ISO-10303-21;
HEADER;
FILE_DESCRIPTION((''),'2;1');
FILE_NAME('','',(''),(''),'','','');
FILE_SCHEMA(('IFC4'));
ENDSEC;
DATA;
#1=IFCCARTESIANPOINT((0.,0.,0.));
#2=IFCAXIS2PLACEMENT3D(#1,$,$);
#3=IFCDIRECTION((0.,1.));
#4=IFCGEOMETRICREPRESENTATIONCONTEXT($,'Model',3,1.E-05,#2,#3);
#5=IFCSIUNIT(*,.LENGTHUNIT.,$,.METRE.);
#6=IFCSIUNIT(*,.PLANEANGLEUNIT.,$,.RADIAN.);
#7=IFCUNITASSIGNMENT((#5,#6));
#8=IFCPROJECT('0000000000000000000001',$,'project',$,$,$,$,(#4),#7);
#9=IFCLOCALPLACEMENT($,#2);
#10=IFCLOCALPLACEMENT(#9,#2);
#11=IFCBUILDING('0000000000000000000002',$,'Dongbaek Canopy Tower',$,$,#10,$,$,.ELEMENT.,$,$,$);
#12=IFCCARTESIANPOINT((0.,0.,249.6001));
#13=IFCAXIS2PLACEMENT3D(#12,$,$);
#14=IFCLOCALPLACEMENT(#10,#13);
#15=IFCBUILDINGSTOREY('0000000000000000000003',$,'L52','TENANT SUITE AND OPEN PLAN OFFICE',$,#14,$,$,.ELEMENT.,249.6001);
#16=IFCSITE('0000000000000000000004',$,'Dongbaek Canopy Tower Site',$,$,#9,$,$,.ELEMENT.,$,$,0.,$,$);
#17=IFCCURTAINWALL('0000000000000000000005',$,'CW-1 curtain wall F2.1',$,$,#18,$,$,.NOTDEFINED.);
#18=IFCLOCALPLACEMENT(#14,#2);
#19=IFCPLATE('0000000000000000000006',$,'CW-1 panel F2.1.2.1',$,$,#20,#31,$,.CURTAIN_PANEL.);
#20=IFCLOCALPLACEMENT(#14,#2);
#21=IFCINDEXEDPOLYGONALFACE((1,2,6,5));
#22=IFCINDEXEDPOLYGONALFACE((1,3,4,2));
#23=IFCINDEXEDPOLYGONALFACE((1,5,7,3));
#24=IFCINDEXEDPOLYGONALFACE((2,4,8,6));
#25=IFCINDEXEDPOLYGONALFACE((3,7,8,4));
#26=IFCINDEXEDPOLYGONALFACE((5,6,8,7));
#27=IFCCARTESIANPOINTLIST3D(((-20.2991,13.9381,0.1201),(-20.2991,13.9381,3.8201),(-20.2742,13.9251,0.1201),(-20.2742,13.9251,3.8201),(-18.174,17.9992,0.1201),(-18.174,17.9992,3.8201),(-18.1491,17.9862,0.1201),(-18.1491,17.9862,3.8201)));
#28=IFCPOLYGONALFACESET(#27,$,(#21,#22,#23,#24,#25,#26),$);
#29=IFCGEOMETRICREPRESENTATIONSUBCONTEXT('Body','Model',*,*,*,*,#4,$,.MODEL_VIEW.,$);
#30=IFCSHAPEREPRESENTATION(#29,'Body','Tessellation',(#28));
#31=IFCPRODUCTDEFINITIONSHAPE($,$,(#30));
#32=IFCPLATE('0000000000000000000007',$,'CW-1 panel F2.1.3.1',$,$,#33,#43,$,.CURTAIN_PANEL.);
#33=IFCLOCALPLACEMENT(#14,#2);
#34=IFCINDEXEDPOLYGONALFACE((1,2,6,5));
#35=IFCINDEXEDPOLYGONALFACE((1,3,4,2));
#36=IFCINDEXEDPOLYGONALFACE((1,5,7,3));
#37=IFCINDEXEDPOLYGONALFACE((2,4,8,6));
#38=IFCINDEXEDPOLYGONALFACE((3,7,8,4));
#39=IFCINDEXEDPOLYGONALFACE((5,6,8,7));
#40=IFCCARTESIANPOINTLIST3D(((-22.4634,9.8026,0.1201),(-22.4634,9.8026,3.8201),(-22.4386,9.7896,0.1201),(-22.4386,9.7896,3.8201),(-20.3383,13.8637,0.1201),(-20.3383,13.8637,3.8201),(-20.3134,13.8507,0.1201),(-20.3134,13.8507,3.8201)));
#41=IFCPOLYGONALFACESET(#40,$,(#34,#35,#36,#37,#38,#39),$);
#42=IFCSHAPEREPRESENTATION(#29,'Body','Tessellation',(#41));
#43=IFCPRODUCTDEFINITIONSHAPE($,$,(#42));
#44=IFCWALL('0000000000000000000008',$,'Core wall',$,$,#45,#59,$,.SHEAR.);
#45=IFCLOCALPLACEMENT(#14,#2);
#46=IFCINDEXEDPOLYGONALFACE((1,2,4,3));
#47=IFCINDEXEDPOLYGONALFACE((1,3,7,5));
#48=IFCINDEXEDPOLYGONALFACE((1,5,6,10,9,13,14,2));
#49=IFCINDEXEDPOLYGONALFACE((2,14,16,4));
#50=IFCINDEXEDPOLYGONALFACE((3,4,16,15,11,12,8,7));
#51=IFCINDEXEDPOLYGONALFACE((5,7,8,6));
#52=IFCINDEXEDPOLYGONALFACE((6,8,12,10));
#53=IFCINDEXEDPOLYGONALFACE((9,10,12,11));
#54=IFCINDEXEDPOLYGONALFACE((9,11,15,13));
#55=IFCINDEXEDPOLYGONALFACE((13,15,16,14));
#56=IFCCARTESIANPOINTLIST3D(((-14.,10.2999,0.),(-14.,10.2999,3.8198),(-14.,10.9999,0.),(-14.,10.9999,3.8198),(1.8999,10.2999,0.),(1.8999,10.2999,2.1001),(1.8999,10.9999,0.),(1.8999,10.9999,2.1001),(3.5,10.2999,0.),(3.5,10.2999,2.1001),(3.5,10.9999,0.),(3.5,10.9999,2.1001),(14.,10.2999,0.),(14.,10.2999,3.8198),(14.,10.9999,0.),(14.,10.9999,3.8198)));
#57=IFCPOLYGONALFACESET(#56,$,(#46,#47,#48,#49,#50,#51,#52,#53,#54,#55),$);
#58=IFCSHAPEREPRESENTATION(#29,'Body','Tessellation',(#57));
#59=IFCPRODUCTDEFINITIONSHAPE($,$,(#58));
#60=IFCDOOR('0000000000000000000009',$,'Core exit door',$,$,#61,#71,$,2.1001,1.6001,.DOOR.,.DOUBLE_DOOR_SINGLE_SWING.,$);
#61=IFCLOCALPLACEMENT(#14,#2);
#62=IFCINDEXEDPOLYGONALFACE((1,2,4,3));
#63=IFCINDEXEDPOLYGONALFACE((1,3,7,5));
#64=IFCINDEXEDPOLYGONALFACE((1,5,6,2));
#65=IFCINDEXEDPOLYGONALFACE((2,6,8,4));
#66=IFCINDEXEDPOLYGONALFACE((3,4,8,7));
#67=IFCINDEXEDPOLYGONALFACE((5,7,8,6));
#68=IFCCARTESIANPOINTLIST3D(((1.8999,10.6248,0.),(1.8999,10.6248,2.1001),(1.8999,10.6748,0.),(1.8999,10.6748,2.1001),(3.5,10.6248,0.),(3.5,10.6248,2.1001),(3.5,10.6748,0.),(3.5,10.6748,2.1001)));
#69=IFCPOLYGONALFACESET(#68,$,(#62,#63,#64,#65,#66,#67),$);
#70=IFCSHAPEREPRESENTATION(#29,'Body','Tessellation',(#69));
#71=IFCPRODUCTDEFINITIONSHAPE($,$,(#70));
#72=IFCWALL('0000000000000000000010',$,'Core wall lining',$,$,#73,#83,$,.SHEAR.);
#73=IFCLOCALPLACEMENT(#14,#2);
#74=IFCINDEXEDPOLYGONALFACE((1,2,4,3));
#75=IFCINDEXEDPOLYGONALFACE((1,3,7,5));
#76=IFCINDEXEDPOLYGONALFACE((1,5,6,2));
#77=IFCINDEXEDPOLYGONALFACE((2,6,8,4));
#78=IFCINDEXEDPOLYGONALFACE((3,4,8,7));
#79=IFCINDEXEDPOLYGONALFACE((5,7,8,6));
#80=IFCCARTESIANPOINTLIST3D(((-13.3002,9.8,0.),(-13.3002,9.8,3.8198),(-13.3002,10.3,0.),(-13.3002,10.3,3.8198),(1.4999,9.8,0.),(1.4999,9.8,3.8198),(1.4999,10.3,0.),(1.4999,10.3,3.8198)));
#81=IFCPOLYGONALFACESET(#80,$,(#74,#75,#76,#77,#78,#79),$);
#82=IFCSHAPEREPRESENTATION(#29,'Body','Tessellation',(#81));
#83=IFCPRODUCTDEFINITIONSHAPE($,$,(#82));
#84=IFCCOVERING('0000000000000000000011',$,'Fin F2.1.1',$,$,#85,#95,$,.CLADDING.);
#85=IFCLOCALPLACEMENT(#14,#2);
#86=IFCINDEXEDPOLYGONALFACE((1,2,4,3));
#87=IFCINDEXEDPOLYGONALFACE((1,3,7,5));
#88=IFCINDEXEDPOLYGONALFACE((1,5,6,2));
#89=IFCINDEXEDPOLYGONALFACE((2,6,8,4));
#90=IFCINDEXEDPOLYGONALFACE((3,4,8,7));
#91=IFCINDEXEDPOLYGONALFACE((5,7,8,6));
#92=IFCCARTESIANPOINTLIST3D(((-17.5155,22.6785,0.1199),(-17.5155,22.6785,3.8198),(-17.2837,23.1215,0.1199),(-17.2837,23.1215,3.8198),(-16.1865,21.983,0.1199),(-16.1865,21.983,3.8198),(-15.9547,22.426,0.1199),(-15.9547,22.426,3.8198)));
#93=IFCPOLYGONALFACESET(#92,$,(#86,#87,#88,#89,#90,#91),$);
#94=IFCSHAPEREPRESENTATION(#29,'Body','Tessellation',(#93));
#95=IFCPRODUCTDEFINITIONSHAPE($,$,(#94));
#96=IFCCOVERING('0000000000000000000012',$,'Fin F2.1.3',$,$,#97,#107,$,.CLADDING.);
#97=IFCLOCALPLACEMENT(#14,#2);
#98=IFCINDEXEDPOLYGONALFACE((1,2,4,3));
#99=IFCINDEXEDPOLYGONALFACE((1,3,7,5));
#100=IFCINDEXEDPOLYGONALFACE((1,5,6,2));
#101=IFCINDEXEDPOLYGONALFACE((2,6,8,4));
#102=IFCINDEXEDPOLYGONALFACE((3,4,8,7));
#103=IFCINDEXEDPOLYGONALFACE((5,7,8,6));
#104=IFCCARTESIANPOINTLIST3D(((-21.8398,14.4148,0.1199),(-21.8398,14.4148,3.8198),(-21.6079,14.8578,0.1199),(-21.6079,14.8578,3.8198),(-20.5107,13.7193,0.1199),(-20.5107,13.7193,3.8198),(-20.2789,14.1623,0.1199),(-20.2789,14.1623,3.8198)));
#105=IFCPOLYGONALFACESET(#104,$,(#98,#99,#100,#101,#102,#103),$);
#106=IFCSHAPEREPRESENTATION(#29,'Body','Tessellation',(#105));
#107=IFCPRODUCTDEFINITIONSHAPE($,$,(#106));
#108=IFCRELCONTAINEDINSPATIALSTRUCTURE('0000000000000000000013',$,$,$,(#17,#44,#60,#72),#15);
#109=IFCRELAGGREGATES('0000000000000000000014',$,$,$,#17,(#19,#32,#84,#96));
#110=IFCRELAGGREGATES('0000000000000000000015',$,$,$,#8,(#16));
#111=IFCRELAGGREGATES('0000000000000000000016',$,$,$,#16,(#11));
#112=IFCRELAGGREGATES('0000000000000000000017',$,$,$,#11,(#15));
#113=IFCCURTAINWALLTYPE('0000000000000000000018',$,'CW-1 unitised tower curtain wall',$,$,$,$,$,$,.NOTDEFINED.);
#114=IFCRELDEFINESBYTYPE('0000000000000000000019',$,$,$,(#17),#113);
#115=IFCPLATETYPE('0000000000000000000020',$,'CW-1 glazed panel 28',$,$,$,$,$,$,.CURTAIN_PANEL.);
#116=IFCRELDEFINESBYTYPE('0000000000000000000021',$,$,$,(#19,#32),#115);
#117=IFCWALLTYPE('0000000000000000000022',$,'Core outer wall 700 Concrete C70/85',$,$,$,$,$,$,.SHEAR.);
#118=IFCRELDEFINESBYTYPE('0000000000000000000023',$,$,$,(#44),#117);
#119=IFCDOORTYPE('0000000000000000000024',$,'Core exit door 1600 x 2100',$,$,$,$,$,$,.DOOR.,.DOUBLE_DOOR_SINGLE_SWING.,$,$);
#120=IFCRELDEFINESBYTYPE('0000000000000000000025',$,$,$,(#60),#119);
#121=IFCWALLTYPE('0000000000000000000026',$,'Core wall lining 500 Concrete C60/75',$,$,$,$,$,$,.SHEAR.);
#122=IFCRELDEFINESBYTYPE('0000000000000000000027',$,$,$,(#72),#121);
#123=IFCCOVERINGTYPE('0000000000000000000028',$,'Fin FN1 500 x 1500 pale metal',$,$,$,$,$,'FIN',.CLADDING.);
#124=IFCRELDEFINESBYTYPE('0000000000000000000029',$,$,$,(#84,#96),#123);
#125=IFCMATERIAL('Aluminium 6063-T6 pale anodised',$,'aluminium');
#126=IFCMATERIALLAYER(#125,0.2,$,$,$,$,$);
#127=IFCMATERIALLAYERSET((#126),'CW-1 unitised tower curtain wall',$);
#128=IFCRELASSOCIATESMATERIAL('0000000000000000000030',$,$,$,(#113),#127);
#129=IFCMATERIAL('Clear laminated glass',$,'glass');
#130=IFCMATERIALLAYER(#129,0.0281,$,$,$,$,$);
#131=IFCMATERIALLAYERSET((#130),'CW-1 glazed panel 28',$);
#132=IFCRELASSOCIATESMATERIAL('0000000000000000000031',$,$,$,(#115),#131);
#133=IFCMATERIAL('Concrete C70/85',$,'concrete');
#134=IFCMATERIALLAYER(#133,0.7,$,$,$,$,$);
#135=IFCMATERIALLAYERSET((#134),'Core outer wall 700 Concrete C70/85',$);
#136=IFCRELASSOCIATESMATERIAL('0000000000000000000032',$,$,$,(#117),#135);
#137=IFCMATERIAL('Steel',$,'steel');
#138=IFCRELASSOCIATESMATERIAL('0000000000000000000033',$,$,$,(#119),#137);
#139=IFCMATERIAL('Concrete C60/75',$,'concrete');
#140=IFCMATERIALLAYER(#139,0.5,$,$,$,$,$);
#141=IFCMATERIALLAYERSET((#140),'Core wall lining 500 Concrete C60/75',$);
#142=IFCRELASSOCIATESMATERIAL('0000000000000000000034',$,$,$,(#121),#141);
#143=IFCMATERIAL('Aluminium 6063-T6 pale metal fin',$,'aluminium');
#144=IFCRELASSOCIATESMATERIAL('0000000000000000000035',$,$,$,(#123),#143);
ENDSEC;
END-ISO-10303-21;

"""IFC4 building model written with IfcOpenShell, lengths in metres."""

from ifc_helpers import new_model, si_unit, direction, frame, frame_2d, origin, origin_2d, place, context, subcontext, project, spatial, rectangle, extrude, material, layer, layer_set, material_profile, profile_set, type_object, element, fill, aggregate, save


model = new_model("IFC4")

# Units and contexts
model_context = context("Model", 3, precision=1e-05, world=origin(), true_north=direction((0.0, 1.0)))
body_context = subcontext(model_context, "Body", "Model", "MODEL_VIEW")
ifc_project = project(units=[si_unit("LENGTHUNIT", "METRE"), si_unit("PLANEANGLEUNIT", "RADIAN")], contexts=[model_context])

# Site, building, storey
site_placement = place(None, origin())
site = spatial("IfcSite", under=ifc_project, at=site_placement, Name="Dongbaek Canopy Tower Site", CompositionType="ELEMENT", RefElevation=0.0)
building_placement = place(site_placement, origin())
building = spatial("IfcBuilding", under=site, at=building_placement, Name="Dongbaek Canopy Tower", CompositionType="ELEMENT")
storey_placement = place(building_placement, frame((0.0, 0.0, 249.6001)))
storey = spatial("IfcBuildingStorey", under=building, at=storey_placement, Name="L52", Description="TENANT SUITE AND OPEN PLAN OFFICE", CompositionType="ELEMENT", Elevation=249.6001)

# Curtain wall
ifc_material_1 = material(Name="Aluminium 6063-T6 pale anodised", Category="aluminium")
ifc_layer_1 = layer(ifc_material_1, 0.2)
ifc_layer_set_1 = layer_set([ifc_layer_1], Name="CW-1 unitised tower curtain wall")
curtain_wall_type = type_object("IfcCurtainWallType", Name="CW-1 unitised tower curtain wall", PredefinedType="NOTDEFINED", material=ifc_layer_set_1)
curtain_wall_1_placement = place(storey_placement, origin())
curtain_wall_1 = element("IfcCurtainWall", 1, at=curtain_wall_1_placement, inside=storey, type_object=curtain_wall_type, Name="CW-1 curtain wall F2.1", PredefinedType="NOTDEFINED")

# Plates
ifc_material_2 = material(Name="Clear laminated glass", Category="glass")
ifc_layer_2 = layer(ifc_material_2, 0.0281)
ifc_layer_set_2 = layer_set([ifc_layer_2], Name="CW-1 glazed panel 28")
plate_type = type_object("IfcPlateType", Name="CW-1 glazed panel 28", PredefinedType="CURTAIN_PANEL", material=ifc_layer_set_2)
plate_1_placement = place(storey_placement, frame((-19.2241, 15.9622, 0.1201), z_axis=(0.0, 0.0, 1.0), x_axis=(-0.463649, -0.886019, 0.0)))
plate_1 = element("IfcPlate", 2, at=plate_1_placement, type_object=plate_type, Name="CW-1 panel F2.1.2.1", PredefinedType="CURTAIN_PANEL", context=body_context, shape_type="SweptSolid", body=[
    extrude(rectangle(XDim=4.5835, YDim=0.0281, at=origin_2d()), origin(), (0.0, 0.0, 1.0), 3.7),
])
plate_2_placement = place(storey_placement, frame((-21.3884, 11.8267, 0.1201), z_axis=(0.0, 0.0, 1.0), x_axis=(-0.463649, -0.886019, 0.0)))
plate_2 = element("IfcPlate", 3, at=plate_2_placement, type_object=plate_type, Name="CW-1 panel F2.1.3.1", PredefinedType="CURTAIN_PANEL", context=body_context, shape_type="SweptSolid", body=[
    extrude(rectangle(XDim=4.5835, YDim=0.0281, at=origin_2d()), origin(), (0.0, 0.0, 1.0), 3.7),
])

# Wall, opening, door
ifc_material_3 = material(Name="Concrete C70/85", Category="concrete")
ifc_layer_3 = layer(ifc_material_3, 0.7)
ifc_layer_set_3 = layer_set([ifc_layer_3], Name="Core outer wall 700 Concrete C70/85")
wall_type_1 = type_object("IfcWallType", Name="Core outer wall 700 Concrete C70/85", PredefinedType="SHEAR", material=ifc_layer_set_3)
wall_1_placement = place(storey_placement, frame((-14.0, 10.6499, 0.0), z_axis=(0.0, 0.0, 1.0), x_axis=(1.0, 0.0, 0.0)))
wall_1 = element("IfcWall", 4, at=wall_1_placement, inside=storey, type_object=wall_type_1, Name="Core wall", PredefinedType="SHEAR", context=body_context, shape_type="SweptSolid", body=[
    extrude(rectangle(XDim=28.0, YDim=0.7, at=frame_2d((14.0, 0.0))), origin(), (0.0, 0.0, 1.0), 3.8198),
])
opening_placement = place(wall_1_placement, frame((15.8999, 0.0, 0.0)))
opening = element("IfcOpeningElement", 5, at=opening_placement, cuts=wall_1, PredefinedType="OPENING", context=body_context, shape_type="SweptSolid", body=[
    extrude(rectangle(XDim=1.6001, YDim=2.1001, at=frame_2d((0.8, 1.05))), frame((0.0, 0.3599, 0.0), z_axis=(0.0, -1.0, 0.0), x_axis=(1.0, 0.0, 0.0)), (0.0, 0.0, 1.0), 0.72),
])
ifc_material_4 = material(Name="Steel", Category="steel")
door_type = type_object("IfcDoorType", Name="Core exit door 1600 x 2100", OperationType="DOUBLE_DOOR_SINGLE_SWING", PredefinedType="DOOR", material=ifc_material_4)
door_placement = place(opening_placement, origin())
door = element("IfcDoor", 6, at=door_placement, inside=storey, type_object=door_type, Name="Core exit door", OperationType="DOUBLE_DOOR_SINGLE_SWING", OverallHeight=2.1001, OverallWidth=1.6001, PredefinedType="DOOR", context=body_context, shape_type="SweptSolid", body=[
    extrude(rectangle(XDim=1.6001, YDim=2.1001, at=frame_2d((0.8, 1.05))), frame((0.0, 0.0249, 0.0), z_axis=(0.0, -1.0, 0.0), x_axis=(1.0, 0.0, 0.0)), (0.0, 0.0, 1.0), 0.05),
])
fill(opening, door)

# Wall
ifc_material_5 = material(Name="Concrete C60/75", Category="concrete")
ifc_layer_4 = layer(ifc_material_5, 0.5)
ifc_layer_set_4 = layer_set([ifc_layer_4], Name="Core wall lining 500 Concrete C60/75")
wall_type_2 = type_object("IfcWallType", Name="Core wall lining 500 Concrete C60/75", PredefinedType="SHEAR", material=ifc_layer_set_4)
wall_2_placement = place(storey_placement, frame((-13.3, 10.05, 0.0), z_axis=(0.0, 0.0, 1.0), x_axis=(1.0, 0.0, 0.0)))
element("IfcWall", 7, at=wall_2_placement, inside=storey, type_object=wall_type_2, Name="Core wall lining", PredefinedType="SHEAR", context=body_context, shape_type="SweptSolid", body=[
    extrude(rectangle(XDim=14.8, YDim=0.5, at=frame_2d((7.3999, 0.0))), origin(), (0.0, 0.0, 1.0), 3.8198),
])

# Coverings
ifc_material_6 = material(Name="Aluminium 6063-T6 pale metal fin", Category="aluminium")
ifc_material_profile_1 = material_profile(ifc_material_6, rectangle(XDim=1.5, YDim=0.5, at=origin_2d()), Name="Fin FN1 500 x 1500 pale metal")
ifc_profile_set_1 = profile_set([ifc_material_profile_1], Name="Aluminium 6063-T6 pale metal fin")
covering_type = type_object("IfcCoveringType", Name="Fin FN1 500 x 1500 pale metal", ElementType="FIN", PredefinedType="CLADDING", material=ifc_profile_set_1)
covering_1_placement = place(storey_placement, frame((-16.7351, 22.5522, 0.1199), z_axis=(0.0, 0.0, 1.0), x_axis=(-0.886019, 0.463649, 0.0)))
covering_1 = element("IfcCovering", 8, at=covering_1_placement, type_object=covering_type, Name="Fin F2.1.1", PredefinedType="CLADDING", context=body_context, shape_type="SweptSolid", body=[
    extrude(rectangle(XDim=1.5, YDim=0.5, at=origin_2d()), origin(), (0.0, 0.0, 1.0), 3.7),
])
covering_2_placement = place(storey_placement, frame((-21.0593, 14.2886, 0.1199), z_axis=(0.0, 0.0, 1.0), x_axis=(-0.886019, 0.463649, 0.0)))
covering_2 = element("IfcCovering", 9, at=covering_2_placement, type_object=covering_type, Name="Fin F2.1.3", PredefinedType="CLADDING", context=body_context, shape_type="SweptSolid", body=[
    extrude(rectangle(XDim=1.5, YDim=0.5, at=origin_2d()), origin(), (0.0, 0.0, 1.0), 3.7),
])
aggregate(curtain_wall_1, [plate_1, plate_2, covering_1, covering_2])

save(model, "model.ifc")
